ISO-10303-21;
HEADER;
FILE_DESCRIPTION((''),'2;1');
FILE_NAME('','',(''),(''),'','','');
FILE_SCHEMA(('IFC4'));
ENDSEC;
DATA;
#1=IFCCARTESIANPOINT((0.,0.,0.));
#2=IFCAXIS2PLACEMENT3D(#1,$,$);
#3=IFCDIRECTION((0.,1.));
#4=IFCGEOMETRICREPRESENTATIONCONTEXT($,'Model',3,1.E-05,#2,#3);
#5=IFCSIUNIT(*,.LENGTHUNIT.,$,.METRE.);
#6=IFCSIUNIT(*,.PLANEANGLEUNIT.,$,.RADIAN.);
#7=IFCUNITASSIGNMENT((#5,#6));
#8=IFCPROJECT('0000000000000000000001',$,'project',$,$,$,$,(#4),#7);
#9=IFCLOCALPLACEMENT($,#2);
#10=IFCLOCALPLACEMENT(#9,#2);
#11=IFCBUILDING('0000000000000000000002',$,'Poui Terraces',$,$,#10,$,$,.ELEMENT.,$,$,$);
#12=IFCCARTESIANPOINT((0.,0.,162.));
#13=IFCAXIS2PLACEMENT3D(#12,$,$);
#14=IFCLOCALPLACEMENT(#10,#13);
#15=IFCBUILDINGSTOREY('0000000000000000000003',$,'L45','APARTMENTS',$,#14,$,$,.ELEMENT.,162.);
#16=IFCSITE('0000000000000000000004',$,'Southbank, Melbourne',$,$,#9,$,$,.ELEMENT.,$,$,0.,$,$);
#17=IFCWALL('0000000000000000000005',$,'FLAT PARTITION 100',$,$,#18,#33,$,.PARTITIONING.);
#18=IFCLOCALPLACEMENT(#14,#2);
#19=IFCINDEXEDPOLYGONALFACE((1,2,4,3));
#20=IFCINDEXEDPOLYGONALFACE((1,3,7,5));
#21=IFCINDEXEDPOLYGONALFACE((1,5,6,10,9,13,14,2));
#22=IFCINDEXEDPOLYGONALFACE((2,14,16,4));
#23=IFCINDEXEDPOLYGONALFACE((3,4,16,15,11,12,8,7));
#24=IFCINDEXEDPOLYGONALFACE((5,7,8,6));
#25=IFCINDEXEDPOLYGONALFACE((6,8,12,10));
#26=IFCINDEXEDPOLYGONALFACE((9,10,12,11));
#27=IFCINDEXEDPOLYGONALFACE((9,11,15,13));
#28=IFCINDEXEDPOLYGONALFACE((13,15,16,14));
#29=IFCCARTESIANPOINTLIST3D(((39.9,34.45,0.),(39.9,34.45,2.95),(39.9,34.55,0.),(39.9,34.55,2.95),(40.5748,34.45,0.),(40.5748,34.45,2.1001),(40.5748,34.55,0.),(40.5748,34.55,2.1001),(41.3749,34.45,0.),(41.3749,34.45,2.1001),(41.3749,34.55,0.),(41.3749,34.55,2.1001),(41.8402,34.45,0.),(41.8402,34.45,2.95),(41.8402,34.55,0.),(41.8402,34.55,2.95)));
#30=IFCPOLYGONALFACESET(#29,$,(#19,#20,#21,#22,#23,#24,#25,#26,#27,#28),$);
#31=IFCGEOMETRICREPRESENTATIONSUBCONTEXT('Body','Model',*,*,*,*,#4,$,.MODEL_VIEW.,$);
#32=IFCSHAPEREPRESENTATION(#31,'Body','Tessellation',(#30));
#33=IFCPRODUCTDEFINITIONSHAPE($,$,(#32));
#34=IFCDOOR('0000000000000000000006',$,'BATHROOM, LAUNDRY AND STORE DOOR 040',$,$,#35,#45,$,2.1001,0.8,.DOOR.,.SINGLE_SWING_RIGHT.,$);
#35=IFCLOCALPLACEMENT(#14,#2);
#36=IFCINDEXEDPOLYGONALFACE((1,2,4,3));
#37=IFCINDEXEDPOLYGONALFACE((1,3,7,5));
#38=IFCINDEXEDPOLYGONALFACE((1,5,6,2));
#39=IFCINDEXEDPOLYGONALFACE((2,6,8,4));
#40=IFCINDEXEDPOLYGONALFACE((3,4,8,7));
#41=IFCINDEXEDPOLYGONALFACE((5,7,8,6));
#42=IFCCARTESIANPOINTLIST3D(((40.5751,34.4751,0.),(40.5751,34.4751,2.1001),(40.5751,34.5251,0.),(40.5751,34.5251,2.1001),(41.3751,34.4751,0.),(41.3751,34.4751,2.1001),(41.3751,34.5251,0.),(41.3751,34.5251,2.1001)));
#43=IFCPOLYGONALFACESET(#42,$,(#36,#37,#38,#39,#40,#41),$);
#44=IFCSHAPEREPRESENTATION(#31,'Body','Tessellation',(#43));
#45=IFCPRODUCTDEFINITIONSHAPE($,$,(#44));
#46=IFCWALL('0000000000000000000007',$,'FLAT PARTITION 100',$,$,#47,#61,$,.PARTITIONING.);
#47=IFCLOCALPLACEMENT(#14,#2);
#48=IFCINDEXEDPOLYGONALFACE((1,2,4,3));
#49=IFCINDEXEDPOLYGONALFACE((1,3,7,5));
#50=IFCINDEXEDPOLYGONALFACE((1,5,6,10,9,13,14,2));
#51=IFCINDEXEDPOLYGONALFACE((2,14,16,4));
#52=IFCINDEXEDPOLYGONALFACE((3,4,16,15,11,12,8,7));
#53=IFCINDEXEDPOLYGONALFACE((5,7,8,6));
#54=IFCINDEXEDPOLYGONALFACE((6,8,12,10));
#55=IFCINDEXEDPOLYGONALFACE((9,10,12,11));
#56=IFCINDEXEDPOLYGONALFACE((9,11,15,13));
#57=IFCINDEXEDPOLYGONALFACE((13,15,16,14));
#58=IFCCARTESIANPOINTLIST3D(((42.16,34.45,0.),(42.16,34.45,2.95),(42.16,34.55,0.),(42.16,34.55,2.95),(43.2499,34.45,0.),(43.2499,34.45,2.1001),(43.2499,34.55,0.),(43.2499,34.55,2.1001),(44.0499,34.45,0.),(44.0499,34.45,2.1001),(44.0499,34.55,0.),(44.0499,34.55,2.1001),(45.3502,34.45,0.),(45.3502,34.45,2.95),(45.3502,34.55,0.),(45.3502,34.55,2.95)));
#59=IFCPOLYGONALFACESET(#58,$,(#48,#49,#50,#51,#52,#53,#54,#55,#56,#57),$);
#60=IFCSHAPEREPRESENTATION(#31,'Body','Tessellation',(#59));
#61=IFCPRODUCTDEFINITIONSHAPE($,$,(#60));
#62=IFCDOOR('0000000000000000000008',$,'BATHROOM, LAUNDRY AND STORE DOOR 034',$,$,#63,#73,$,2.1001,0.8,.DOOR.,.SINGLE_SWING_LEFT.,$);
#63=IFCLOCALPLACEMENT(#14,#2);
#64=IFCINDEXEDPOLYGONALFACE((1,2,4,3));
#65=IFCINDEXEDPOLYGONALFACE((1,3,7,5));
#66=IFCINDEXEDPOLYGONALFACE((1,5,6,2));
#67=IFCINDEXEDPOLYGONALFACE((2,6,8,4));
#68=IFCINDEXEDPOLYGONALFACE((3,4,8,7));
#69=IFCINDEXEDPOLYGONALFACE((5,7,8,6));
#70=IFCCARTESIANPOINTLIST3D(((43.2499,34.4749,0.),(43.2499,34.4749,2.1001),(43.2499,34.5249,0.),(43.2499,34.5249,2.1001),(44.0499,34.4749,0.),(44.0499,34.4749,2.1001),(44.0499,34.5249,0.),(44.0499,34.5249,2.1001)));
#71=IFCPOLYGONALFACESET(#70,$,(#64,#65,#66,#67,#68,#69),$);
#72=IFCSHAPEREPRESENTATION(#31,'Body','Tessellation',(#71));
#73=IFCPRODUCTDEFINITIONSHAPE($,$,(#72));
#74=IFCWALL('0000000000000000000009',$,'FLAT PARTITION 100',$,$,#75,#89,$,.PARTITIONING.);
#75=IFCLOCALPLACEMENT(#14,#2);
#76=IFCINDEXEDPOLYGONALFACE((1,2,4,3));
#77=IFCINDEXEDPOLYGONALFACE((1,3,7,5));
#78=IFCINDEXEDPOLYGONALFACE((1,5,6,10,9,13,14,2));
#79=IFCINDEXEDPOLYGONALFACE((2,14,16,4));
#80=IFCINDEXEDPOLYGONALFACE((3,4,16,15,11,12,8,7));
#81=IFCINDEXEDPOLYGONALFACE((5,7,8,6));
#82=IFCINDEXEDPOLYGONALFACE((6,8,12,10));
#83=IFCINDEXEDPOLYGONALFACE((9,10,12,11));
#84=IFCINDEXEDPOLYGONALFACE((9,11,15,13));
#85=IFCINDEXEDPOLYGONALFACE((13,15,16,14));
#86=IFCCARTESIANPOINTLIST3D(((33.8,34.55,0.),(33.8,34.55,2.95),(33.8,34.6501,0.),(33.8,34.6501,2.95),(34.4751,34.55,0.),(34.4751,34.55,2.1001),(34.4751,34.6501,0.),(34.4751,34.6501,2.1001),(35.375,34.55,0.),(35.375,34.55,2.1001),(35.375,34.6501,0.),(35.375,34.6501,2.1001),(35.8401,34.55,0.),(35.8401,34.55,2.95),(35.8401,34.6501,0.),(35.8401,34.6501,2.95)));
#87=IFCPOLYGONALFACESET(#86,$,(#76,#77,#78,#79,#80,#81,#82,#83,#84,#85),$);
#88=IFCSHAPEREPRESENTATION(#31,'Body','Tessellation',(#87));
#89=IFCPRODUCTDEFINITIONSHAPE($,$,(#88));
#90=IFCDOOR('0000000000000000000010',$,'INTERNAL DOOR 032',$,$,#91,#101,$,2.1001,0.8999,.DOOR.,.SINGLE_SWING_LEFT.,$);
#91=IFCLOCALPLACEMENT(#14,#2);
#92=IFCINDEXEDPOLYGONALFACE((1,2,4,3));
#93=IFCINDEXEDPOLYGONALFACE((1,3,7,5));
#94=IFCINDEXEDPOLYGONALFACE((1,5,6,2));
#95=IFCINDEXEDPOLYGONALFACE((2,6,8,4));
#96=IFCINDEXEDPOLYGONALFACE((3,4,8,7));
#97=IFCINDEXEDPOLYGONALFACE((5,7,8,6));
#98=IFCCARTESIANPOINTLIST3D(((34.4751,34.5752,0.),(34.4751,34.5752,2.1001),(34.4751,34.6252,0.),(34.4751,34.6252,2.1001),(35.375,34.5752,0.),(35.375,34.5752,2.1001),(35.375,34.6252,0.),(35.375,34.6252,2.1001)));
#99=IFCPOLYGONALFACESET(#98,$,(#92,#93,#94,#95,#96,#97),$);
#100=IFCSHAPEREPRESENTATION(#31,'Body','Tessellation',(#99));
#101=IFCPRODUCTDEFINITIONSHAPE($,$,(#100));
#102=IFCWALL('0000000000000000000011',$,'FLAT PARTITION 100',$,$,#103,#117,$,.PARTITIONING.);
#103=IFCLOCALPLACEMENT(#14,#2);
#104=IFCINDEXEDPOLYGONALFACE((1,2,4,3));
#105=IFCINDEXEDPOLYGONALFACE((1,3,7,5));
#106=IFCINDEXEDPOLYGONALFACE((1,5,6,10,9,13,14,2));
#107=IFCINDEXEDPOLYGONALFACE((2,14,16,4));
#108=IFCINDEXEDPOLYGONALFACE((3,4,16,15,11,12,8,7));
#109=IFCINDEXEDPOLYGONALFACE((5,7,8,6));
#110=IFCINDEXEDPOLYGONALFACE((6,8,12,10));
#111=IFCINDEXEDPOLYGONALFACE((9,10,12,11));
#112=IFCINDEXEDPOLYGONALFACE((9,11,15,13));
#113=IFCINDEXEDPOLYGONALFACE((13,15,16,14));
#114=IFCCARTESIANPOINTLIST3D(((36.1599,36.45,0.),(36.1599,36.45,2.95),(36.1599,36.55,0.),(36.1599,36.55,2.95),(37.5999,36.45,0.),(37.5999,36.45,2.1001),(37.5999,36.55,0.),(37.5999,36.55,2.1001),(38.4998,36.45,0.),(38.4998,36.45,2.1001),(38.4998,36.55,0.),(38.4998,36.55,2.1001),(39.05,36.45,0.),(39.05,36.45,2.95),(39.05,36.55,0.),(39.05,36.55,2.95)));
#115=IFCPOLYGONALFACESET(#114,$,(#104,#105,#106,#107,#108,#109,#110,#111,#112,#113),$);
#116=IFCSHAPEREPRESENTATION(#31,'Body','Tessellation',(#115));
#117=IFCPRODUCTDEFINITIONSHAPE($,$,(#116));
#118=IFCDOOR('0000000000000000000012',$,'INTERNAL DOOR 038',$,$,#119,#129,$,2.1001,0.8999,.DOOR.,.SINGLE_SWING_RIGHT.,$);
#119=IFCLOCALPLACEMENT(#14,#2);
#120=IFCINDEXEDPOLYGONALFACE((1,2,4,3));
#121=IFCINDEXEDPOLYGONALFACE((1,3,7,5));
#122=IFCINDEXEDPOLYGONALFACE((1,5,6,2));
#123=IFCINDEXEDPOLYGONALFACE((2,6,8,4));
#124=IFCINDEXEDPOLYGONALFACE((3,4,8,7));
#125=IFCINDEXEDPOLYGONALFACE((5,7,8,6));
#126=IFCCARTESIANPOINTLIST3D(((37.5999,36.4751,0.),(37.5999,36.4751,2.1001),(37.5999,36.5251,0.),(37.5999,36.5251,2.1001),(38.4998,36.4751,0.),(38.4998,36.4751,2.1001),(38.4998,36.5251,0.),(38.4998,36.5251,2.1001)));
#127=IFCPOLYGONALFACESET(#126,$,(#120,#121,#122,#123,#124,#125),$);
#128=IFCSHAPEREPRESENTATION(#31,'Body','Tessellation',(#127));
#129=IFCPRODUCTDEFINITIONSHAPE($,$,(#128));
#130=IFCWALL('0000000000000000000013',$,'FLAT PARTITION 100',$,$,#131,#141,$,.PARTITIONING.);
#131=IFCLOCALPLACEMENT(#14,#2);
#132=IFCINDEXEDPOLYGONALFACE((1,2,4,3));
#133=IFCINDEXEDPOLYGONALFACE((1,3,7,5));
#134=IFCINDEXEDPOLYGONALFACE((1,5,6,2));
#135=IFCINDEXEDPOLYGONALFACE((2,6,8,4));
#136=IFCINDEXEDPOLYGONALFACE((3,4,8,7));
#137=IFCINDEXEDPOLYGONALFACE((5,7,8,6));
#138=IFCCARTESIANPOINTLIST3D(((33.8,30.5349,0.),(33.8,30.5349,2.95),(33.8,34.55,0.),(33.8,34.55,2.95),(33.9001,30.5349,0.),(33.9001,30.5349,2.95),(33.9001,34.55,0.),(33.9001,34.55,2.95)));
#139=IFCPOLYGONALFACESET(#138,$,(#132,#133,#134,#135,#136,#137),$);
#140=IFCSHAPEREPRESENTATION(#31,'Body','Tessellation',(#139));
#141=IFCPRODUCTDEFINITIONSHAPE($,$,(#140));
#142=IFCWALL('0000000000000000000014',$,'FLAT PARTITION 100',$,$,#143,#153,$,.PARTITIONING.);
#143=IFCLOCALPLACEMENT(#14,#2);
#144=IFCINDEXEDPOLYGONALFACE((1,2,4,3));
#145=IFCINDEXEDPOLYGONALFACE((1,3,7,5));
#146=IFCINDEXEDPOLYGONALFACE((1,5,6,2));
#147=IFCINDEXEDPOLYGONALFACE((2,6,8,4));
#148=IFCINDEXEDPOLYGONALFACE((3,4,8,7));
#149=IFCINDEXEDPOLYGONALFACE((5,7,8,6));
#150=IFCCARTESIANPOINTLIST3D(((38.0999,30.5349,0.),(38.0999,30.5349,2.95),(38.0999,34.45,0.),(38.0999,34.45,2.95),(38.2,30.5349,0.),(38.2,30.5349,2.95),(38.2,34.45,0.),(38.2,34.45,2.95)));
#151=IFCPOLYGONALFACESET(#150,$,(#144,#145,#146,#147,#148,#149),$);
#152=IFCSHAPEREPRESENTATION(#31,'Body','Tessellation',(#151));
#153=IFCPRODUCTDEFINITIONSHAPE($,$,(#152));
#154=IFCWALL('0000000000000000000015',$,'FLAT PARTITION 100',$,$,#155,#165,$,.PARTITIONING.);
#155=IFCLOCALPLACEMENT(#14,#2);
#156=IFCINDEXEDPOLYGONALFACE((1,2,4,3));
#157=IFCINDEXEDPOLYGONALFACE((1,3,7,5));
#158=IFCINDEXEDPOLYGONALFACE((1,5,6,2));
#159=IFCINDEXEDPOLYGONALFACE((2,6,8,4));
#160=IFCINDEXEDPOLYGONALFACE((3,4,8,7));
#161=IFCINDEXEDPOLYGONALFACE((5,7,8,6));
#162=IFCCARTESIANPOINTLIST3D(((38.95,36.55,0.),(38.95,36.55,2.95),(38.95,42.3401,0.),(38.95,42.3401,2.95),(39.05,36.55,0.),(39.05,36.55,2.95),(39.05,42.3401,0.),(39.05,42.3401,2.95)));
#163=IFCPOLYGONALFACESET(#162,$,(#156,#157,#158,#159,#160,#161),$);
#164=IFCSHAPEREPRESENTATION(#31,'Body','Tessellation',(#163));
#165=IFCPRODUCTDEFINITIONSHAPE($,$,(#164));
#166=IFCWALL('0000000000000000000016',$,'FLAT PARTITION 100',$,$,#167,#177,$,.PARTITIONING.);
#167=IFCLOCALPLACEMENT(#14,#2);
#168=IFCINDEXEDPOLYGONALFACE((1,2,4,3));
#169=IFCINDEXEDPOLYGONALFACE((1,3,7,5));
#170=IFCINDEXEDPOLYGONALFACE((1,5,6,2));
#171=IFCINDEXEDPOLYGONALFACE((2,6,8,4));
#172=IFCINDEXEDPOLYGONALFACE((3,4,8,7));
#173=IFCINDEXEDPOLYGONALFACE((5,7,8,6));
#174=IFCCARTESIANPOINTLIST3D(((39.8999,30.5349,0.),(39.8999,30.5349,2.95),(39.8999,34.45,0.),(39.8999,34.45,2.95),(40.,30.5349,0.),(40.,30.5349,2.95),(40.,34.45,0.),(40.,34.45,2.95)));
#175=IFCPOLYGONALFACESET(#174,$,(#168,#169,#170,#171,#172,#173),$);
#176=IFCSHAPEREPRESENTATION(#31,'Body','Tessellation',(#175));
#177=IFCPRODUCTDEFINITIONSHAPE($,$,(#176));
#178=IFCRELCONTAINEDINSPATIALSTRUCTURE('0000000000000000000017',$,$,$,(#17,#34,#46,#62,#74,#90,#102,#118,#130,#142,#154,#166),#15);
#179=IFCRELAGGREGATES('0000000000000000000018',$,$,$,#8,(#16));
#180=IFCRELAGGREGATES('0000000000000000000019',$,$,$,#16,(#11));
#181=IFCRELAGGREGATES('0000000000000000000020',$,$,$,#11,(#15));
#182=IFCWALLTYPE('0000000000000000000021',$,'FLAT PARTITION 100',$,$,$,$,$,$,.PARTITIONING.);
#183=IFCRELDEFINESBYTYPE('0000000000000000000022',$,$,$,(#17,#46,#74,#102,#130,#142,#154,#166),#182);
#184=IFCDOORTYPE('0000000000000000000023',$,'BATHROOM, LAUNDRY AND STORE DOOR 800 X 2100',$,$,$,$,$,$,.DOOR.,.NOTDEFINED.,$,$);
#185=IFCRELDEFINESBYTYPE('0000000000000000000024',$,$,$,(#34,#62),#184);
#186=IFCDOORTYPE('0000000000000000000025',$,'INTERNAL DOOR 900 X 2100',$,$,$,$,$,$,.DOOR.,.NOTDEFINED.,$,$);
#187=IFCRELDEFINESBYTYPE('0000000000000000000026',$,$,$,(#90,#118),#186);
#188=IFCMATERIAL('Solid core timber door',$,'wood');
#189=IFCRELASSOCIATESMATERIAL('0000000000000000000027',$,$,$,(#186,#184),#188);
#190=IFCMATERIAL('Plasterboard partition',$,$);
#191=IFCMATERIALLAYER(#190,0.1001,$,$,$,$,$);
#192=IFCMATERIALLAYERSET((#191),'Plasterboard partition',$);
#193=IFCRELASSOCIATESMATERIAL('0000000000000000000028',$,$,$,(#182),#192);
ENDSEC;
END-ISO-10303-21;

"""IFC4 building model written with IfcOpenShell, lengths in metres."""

from ifc_helpers import new_model, si_unit, direction, frame, frame_2d, origin, place, context, subcontext, project, spatial, rectangle, extrude, material, layer, layer_set, type_object, element, fill, save


model = new_model("IFC4")

# Units and contexts
model_context = context("Model", 3, precision=1e-05, world=origin(), true_north=direction((0.0, 1.0)))
body_context = subcontext(model_context, "Body", "Model", "MODEL_VIEW")
ifc_project = project(units=[si_unit("LENGTHUNIT", "METRE"), si_unit("PLANEANGLEUNIT", "RADIAN")], contexts=[model_context])

# Site, building, storey
site_placement = place(None, origin())
site = spatial("IfcSite", under=ifc_project, at=site_placement, Name="Southbank, Melbourne", CompositionType="ELEMENT", RefElevation=0.0)
building_placement = place(site_placement, origin())
building = spatial("IfcBuilding", under=site, at=building_placement, Name="Poui Terraces", CompositionType="ELEMENT")
storey_placement = place(building_placement, frame((0.0, 0.0, 162.0)))
storey = spatial("IfcBuildingStorey", under=building, at=storey_placement, Name="L45", Description="APARTMENTS", CompositionType="ELEMENT", Elevation=162.0)

# Walls, openings, doors
ifc_material_1 = material(Name="Solid core timber door", Category="wood")
door_type_1 = type_object("IfcDoorType", Name="INTERNAL DOOR 900 X 2100", OperationType="NOTDEFINED", PredefinedType="DOOR", material=ifc_material_1)
ifc_material_2 = material(Name="Plasterboard partition")
ifc_layer_1 = layer(ifc_material_2, 0.1001)
ifc_layer_set_1 = layer_set([ifc_layer_1], Name="Plasterboard partition")
wall_type_1 = type_object("IfcWallType", Name="FLAT PARTITION 100", PredefinedType="PARTITIONING", material=ifc_layer_set_1)
wall_1_placement = place(storey_placement, frame((39.8999, 34.5, 0.0), z_axis=(0.0, 0.0, 1.0), x_axis=(1.0, 0.0, 0.0)))
wall_1 = element("IfcWall", 1, at=wall_1_placement, inside=storey, type_object=wall_type_1, Name="FLAT PARTITION 100", PredefinedType="PARTITIONING", context=body_context, shape_type="SweptSolid", body=[
    extrude(rectangle(XDim=1.9402, YDim=0.1001, at=frame_2d((0.9702, 0.0))), origin(), (0.0, 0.0, 1.0), 2.95),
])
opening_1_placement = place(wall_1_placement, frame((0.675, 0.0, 0.0)))
opening_1 = element("IfcOpeningElement", 2, at=opening_1_placement, cuts=wall_1, PredefinedType="OPENING", context=body_context, shape_type="SweptSolid", body=[
    extrude(rectangle(XDim=0.8, YDim=2.1001, at=frame_2d((0.3999, 1.05))), frame((0.0, 0.0601, 0.0), z_axis=(0.0, -1.0, 0.0), x_axis=(1.0, 0.0, 0.0)), (0.0, 0.0, 1.0), 0.1201),
])
door_type_2 = type_object("IfcDoorType", Name="BATHROOM, LAUNDRY AND STORE DOOR 800 X 2100", OperationType="NOTDEFINED", PredefinedType="DOOR", material=ifc_material_1)
door_1_placement = place(opening_1_placement, frame((0.8, 0.0, 0.0), z_axis=(0.0, 0.0, 1.0), x_axis=(-1.0, 0.0, 0.0)))
door_1 = element("IfcDoor", 3, at=door_1_placement, inside=storey, type_object=door_type_2, Name="BATHROOM, LAUNDRY AND STORE DOOR 040", OperationType="SINGLE_SWING_RIGHT", OverallHeight=2.1001, OverallWidth=0.8, PredefinedType="DOOR", context=body_context, shape_type="SweptSolid", body=[
    extrude(rectangle(XDim=0.8, YDim=2.1001, at=frame_2d((0.3999, 1.05))), frame((0.0, 0.0249, 0.0), z_axis=(0.0, -1.0, 0.0), x_axis=(1.0, 0.0, 0.0)), (0.0, 0.0, 1.0), 0.05),
])
fill(opening_1, door_1)
wall_2_placement = place(storey_placement, frame((42.1599, 34.5, 0.0), z_axis=(0.0, 0.0, 1.0), x_axis=(1.0, 0.0, 0.0)))
wall_2 = element("IfcWall", 4, at=wall_2_placement, inside=storey, type_object=wall_type_1, Name="FLAT PARTITION 100", PredefinedType="PARTITIONING", context=body_context, shape_type="SweptSolid", body=[
    extrude(rectangle(XDim=3.1902, YDim=0.1001, at=frame_2d((1.5952, 0.0))), origin(), (0.0, 0.0, 1.0), 2.95),
])
opening_2_placement = place(wall_2_placement, frame((1.0901, 0.0, 0.0)))
opening_2 = element("IfcOpeningElement", 5, at=opening_2_placement, cuts=wall_2, PredefinedType="OPENING", context=body_context, shape_type="SweptSolid", body=[
    extrude(rectangle(XDim=0.8, YDim=2.1001, at=frame_2d((0.3999, 1.05))), frame((0.0, 0.0601, 0.0), z_axis=(0.0, -1.0, 0.0), x_axis=(1.0, 0.0, 0.0)), (0.0, 0.0, 1.0), 0.1201),
])
door_2_placement = place(opening_2_placement, origin())
door_2 = element("IfcDoor", 6, at=door_2_placement, inside=storey, type_object=door_type_2, Name="BATHROOM, LAUNDRY AND STORE DOOR 034", OperationType="SINGLE_SWING_LEFT", OverallHeight=2.1001, OverallWidth=0.8, PredefinedType="DOOR", context=body_context, shape_type="SweptSolid", body=[
    extrude(rectangle(XDim=0.8, YDim=2.1001, at=frame_2d((0.3999, 1.05))), frame((0.0, 0.0249, 0.0), z_axis=(0.0, -1.0, 0.0), x_axis=(1.0, 0.0, 0.0)), (0.0, 0.0, 1.0), 0.05),
])
fill(opening_2, door_2)
wall_3_placement = place(storey_placement, frame((33.8, 34.6001, 0.0), z_axis=(0.0, 0.0, 1.0), x_axis=(1.0, 0.0, 0.0)))
wall_3 = element("IfcWall", 7, at=wall_3_placement, inside=storey, type_object=wall_type_1, Name="FLAT PARTITION 100", PredefinedType="PARTITIONING", context=body_context, shape_type="SweptSolid", body=[
    extrude(rectangle(XDim=2.04, YDim=0.1001, at=frame_2d((1.02, 0.0))), origin(), (0.0, 0.0, 1.0), 2.95),
])
opening_3_placement = place(wall_3_placement, frame((0.675, 0.0, 0.0)))
opening_3 = element("IfcOpeningElement", 8, at=opening_3_placement, cuts=wall_3, PredefinedType="OPENING", context=body_context, shape_type="SweptSolid", body=[
    extrude(rectangle(XDim=0.8999, YDim=2.1001, at=frame_2d((0.45, 1.05))), frame((0.0, 0.0601, 0.0), z_axis=(0.0, -1.0, 0.0), x_axis=(1.0, 0.0, 0.0)), (0.0, 0.0, 1.0), 0.1201),
])
door_3_placement = place(opening_3_placement, frame((0.8999, 0.0, 0.0), z_axis=(0.0, 0.0, 1.0), x_axis=(-1.0, 0.0, 0.0)))
door_3 = element("IfcDoor", 9, at=door_3_placement, inside=storey, type_object=door_type_1, Name="INTERNAL DOOR 032", OperationType="SINGLE_SWING_LEFT", OverallHeight=2.1001, OverallWidth=0.8999, PredefinedType="DOOR", context=body_context, shape_type="SweptSolid", body=[
    extrude(rectangle(XDim=0.8999, YDim=2.1001, at=frame_2d((0.45, 1.05))), frame((0.0, 0.0249, 0.0), z_axis=(0.0, -1.0, 0.0), x_axis=(1.0, 0.0, 0.0)), (0.0, 0.0, 1.0), 0.05),
])
fill(opening_3, door_3)
wall_4_placement = place(storey_placement, frame((36.1599, 36.5, 0.0), z_axis=(0.0, 0.0, 1.0), x_axis=(1.0, 0.0, 0.0)))
wall_4 = element("IfcWall", 10, at=wall_4_placement, inside=storey, type_object=wall_type_1, Name="FLAT PARTITION 100", PredefinedType="PARTITIONING", context=body_context, shape_type="SweptSolid", body=[
    extrude(rectangle(XDim=2.8901, YDim=0.1001, at=frame_2d((1.4451, 0.0))), origin(), (0.0, 0.0, 1.0), 2.95),
])
opening_4_placement = place(wall_4_placement, frame((1.4399, 0.0, 0.0)))
opening_4 = element("IfcOpeningElement", 11, at=opening_4_placement, cuts=wall_4, PredefinedType="OPENING", context=body_context, shape_type="SweptSolid", body=[
    extrude(rectangle(XDim=0.8999, YDim=2.1001, at=frame_2d((0.45, 1.05))), frame((0.0, 0.0601, 0.0), z_axis=(0.0, -1.0, 0.0), x_axis=(1.0, 0.0, 0.0)), (0.0, 0.0, 1.0), 0.1201),
])
door_4_placement = place(opening_4_placement, frame((0.8999, 0.0, 0.0), z_axis=(0.0, 0.0, 1.0), x_axis=(-1.0, 0.0, 0.0)))
door_4 = element("IfcDoor", 12, at=door_4_placement, inside=storey, type_object=door_type_1, Name="INTERNAL DOOR 038", OperationType="SINGLE_SWING_RIGHT", OverallHeight=2.1001, OverallWidth=0.8999, PredefinedType="DOOR", context=body_context, shape_type="SweptSolid", body=[
    extrude(rectangle(XDim=0.8999, YDim=2.1001, at=frame_2d((0.45, 1.05))), frame((0.0, 0.0249, 0.0), z_axis=(0.0, -1.0, 0.0), x_axis=(1.0, 0.0, 0.0)), (0.0, 0.0, 1.0), 0.05),
])
fill(opening_4, door_4)

# Walls
wall_5_placement = place(storey_placement, frame((33.8501, 30.5349, 0.0), z_axis=(0.0, 0.0, 1.0), x_axis=(0.0, 1.0, 0.0)))
element("IfcWall", 13, at=wall_5_placement, inside=storey, type_object=wall_type_1, Name="FLAT PARTITION 100", PredefinedType="PARTITIONING", context=body_context, shape_type="SweptSolid", body=[
    extrude(rectangle(XDim=4.0151, YDim=0.1001, at=frame_2d((2.0076, 0.0))), origin(), (0.0, 0.0, 1.0), 2.95),
])
wall_6_placement = place(storey_placement, frame((38.1499, 30.5349, 0.0), z_axis=(0.0, 0.0, 1.0), x_axis=(0.0, 1.0, 0.0)))
element("IfcWall", 14, at=wall_6_placement, inside=storey, type_object=wall_type_1, Name="FLAT PARTITION 100", PredefinedType="PARTITIONING", context=body_context, shape_type="SweptSolid", body=[
    extrude(rectangle(XDim=3.915, YDim=0.1001, at=frame_2d((1.9575, 0.0))), origin(), (0.0, 0.0, 1.0), 2.95),
])
wall_7_placement = place(storey_placement, frame((39.0, 36.55, 0.0), z_axis=(0.0, 0.0, 1.0), x_axis=(0.0, 1.0, 0.0)))
element("IfcWall", 15, at=wall_7_placement, inside=storey, type_object=wall_type_1, Name="FLAT PARTITION 100", PredefinedType="PARTITIONING", context=body_context, shape_type="SweptSolid", body=[
    extrude(rectangle(XDim=5.79, YDim=0.1001, at=frame_2d((2.895, 0.0))), origin(), (0.0, 0.0, 1.0), 2.95),
])
wall_8_placement = place(storey_placement, frame((39.95, 30.5349, 0.0), z_axis=(0.0, 0.0, 1.0), x_axis=(0.0, 1.0, 0.0)))
element("IfcWall", 16, at=wall_8_placement, inside=storey, type_object=wall_type_1, Name="FLAT PARTITION 100", PredefinedType="PARTITIONING", context=body_context, shape_type="SweptSolid", body=[
    extrude(rectangle(XDim=3.915, YDim=0.1001, at=frame_2d((1.9575, 0.0))), origin(), (0.0, 0.0, 1.0), 2.95),
])

save(model, "model.ifc")
